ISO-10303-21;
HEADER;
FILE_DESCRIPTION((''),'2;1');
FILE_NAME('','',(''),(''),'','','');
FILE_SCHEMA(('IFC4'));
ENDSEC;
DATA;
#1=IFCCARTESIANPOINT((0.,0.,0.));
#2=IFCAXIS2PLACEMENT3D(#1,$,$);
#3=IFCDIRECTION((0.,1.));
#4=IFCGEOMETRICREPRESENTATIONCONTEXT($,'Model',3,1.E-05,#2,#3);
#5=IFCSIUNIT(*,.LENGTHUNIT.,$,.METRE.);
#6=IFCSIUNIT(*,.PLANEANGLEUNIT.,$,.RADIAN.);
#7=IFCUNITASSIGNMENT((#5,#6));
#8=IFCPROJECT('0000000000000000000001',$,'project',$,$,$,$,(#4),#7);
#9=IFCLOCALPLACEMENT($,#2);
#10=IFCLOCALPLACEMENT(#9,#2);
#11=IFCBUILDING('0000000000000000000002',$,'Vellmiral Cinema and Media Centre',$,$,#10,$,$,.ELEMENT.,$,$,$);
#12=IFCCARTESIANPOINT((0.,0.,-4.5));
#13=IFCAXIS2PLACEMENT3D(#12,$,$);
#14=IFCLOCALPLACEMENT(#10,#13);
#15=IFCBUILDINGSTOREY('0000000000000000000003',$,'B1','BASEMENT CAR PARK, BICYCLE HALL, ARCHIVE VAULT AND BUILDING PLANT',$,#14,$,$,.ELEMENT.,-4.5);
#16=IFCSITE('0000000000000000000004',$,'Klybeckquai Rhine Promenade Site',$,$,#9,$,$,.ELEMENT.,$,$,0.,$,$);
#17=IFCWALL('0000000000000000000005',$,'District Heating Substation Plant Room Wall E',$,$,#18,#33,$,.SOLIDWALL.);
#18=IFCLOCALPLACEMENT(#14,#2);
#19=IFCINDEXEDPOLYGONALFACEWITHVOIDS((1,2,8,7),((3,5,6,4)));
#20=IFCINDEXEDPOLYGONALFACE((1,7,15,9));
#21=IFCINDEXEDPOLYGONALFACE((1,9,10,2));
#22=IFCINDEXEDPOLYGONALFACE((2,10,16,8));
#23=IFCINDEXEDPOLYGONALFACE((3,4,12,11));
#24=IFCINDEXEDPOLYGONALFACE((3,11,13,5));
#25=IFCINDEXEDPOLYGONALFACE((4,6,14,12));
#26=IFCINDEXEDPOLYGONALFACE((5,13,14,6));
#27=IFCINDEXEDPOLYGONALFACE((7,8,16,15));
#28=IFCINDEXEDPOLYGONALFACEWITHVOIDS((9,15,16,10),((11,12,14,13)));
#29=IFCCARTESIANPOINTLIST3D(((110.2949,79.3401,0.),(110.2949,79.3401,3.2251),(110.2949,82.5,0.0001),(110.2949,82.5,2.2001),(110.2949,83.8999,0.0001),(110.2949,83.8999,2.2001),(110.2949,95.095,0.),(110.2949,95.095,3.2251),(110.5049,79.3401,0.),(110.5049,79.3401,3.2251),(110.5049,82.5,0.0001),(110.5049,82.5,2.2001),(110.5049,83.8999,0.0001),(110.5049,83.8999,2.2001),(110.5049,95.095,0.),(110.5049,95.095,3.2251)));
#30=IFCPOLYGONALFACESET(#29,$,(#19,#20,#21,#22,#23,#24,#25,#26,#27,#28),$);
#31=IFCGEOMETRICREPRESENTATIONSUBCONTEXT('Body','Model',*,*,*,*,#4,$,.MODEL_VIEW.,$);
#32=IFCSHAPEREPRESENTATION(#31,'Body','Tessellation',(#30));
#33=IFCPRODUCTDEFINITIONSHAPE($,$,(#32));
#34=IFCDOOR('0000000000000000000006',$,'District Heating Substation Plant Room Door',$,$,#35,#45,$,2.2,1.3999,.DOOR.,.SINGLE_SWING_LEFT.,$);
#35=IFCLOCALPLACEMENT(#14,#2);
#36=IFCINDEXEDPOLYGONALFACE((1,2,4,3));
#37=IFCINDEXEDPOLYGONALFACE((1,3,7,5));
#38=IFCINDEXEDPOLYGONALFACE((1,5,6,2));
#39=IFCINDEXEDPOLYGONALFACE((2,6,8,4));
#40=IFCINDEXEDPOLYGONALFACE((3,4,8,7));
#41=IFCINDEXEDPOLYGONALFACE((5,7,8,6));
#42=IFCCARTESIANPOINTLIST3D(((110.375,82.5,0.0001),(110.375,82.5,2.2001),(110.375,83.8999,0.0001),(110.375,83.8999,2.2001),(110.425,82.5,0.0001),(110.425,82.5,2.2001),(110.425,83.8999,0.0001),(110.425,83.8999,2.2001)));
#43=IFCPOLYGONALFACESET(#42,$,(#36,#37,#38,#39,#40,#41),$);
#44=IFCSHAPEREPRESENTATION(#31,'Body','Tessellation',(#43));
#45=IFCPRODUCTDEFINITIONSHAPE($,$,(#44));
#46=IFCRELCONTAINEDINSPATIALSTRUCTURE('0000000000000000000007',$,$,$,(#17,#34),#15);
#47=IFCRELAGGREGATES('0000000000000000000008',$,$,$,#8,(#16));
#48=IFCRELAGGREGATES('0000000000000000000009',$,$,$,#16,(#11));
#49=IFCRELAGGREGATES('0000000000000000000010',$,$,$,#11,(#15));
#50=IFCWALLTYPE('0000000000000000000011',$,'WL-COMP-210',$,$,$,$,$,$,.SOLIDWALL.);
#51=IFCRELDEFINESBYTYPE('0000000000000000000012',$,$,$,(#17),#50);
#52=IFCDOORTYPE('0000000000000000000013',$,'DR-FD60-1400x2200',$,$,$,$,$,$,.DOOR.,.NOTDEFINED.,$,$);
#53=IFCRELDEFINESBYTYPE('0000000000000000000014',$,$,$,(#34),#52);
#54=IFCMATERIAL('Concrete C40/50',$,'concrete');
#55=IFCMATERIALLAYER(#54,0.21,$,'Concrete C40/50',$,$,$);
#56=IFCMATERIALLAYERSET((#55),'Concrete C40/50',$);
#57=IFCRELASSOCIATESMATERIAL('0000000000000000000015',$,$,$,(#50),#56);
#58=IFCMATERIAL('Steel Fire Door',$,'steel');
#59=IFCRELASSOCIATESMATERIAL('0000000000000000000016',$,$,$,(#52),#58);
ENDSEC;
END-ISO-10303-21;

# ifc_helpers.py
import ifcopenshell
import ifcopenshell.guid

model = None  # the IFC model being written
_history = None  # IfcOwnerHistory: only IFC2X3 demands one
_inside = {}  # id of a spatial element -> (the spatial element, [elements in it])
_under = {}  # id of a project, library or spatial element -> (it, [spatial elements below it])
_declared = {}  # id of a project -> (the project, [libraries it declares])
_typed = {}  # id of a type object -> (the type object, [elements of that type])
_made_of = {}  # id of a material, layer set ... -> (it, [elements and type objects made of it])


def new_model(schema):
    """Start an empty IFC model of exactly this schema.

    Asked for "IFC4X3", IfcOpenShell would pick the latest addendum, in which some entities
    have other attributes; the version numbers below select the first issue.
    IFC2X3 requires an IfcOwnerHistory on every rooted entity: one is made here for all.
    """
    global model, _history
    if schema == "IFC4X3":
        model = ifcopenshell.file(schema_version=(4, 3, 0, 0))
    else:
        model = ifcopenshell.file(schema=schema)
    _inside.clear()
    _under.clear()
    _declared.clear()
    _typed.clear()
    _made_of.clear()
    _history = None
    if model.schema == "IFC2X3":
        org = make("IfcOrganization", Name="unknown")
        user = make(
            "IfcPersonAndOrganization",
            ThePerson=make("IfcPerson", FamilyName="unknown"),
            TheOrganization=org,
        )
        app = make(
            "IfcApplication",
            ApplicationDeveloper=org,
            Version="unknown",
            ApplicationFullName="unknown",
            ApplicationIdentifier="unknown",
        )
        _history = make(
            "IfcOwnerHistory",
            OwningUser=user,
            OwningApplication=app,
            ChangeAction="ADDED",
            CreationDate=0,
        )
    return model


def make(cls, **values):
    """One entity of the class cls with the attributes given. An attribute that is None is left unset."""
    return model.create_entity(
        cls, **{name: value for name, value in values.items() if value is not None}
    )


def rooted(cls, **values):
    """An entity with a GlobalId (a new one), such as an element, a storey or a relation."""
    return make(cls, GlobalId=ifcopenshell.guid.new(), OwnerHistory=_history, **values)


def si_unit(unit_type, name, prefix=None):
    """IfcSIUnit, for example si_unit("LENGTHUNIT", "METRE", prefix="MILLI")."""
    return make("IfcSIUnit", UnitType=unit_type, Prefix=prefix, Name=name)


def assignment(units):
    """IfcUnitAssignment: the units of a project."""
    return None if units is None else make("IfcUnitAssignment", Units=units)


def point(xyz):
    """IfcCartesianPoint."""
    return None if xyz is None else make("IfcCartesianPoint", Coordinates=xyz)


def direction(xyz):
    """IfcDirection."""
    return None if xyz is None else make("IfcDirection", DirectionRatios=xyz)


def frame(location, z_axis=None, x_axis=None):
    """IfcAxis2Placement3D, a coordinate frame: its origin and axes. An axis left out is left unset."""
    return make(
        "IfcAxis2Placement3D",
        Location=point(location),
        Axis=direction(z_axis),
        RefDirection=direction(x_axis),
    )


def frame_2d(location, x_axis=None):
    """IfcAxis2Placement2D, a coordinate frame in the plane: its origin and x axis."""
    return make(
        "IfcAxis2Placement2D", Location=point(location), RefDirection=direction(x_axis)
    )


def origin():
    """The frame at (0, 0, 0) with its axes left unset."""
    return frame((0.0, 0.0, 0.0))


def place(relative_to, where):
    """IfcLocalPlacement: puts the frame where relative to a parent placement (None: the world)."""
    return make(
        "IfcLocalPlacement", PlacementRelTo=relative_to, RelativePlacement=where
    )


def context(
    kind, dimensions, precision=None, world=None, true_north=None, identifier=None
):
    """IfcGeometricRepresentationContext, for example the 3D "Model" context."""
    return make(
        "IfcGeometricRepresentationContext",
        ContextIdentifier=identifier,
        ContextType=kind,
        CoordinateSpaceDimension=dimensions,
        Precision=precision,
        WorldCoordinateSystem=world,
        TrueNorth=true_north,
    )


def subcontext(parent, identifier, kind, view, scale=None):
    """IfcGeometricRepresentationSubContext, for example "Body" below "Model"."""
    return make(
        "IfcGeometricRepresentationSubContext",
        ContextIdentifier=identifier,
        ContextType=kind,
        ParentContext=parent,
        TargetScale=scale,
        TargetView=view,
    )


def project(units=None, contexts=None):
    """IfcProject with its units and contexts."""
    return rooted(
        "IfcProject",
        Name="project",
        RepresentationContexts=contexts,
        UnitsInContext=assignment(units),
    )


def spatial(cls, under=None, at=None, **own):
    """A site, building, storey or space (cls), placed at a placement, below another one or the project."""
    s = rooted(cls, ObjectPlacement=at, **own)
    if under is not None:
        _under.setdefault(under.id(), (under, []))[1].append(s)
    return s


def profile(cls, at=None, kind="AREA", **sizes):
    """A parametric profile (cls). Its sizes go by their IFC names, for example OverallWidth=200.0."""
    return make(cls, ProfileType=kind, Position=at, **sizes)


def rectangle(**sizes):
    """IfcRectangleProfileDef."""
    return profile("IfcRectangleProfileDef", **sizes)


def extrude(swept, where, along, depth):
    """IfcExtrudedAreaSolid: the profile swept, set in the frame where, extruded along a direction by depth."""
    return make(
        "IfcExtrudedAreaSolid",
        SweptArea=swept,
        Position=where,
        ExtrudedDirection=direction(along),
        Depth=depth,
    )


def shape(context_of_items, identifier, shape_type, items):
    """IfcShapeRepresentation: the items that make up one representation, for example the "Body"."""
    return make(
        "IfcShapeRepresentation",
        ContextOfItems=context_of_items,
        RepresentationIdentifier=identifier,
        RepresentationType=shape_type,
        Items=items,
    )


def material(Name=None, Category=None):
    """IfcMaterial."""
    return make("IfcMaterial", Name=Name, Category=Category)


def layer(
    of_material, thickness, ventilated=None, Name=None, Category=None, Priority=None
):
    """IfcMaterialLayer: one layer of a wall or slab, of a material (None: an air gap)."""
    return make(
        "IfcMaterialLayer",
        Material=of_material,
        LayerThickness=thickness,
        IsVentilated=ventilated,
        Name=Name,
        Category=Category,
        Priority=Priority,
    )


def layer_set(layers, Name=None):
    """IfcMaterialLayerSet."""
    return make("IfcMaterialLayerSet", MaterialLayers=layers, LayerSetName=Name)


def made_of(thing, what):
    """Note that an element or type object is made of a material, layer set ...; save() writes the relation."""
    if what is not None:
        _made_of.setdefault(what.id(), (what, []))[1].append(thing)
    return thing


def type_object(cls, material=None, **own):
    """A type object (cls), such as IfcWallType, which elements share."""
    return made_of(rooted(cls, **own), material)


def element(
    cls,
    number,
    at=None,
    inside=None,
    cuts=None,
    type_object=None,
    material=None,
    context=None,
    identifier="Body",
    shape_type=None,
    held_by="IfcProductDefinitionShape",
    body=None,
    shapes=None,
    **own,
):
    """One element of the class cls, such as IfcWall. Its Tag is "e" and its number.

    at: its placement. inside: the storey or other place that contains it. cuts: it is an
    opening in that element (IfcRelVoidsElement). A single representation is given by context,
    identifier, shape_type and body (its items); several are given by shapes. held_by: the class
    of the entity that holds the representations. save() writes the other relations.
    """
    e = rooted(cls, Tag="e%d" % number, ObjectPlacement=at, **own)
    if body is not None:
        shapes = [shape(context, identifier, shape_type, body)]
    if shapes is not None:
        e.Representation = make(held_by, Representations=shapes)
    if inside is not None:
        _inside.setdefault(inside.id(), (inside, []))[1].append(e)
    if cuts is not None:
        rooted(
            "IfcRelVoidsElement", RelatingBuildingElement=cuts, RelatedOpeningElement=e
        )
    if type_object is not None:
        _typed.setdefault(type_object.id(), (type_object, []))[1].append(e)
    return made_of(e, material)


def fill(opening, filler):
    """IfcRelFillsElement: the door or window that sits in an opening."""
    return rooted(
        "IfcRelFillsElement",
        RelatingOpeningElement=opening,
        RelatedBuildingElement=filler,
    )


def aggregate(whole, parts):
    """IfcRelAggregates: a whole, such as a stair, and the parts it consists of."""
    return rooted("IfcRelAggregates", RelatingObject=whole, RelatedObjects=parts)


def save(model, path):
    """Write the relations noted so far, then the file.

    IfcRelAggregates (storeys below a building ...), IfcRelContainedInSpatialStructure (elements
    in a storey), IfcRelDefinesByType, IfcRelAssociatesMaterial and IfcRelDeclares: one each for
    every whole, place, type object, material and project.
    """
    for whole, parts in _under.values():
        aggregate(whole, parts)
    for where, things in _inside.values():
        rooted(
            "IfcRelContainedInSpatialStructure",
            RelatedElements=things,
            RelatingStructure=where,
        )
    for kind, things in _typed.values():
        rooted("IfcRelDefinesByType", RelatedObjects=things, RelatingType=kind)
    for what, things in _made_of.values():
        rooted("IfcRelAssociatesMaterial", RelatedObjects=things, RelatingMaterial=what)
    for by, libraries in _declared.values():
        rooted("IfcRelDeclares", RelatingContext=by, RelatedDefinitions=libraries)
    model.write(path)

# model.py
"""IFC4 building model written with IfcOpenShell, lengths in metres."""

from ifc_helpers import new_model, si_unit, direction, frame, frame_2d, origin, place, context, subcontext, project, spatial, rectangle, extrude, material, layer, layer_set, type_object, element, fill, save


model = new_model("IFC4")

# Units and contexts
model_context = context("Model", 3, precision=1e-05, world=origin(), true_north=direction((0.0, 1.0)))
body_context = subcontext(model_context, "Body", "Model", "MODEL_VIEW")
ifc_project = project(units=[si_unit("LENGTHUNIT", "METRE"), si_unit("PLANEANGLEUNIT", "RADIAN")], contexts=[model_context])

# Site, building, storey
site_placement = place(None, origin())
site = spatial("IfcSite", under=ifc_project, at=site_placement, Name="Klybeckquai Rhine Promenade Site", CompositionType="ELEMENT", RefElevation=0.0)
building_placement = place(site_placement, origin())
building = spatial("IfcBuilding", under=site, at=building_placement, Name="Vellmiral Cinema and Media Centre", CompositionType="ELEMENT")
storey_placement = place(building_placement, frame((0.0, 0.0, -4.5)))
storey = spatial("IfcBuildingStorey", under=building, at=storey_placement, Name="B1", Description="BASEMENT CAR PARK, BICYCLE HALL, ARCHIVE VAULT AND BUILDING PLANT", CompositionType="ELEMENT", Elevation=-4.5)

# Wall, opening, door
ifc_material_1 = material(Name="Concrete C40/50", Category="concrete")
ifc_layer = layer(ifc_material_1, 0.21, Name="Concrete C40/50")
ifc_layer_set = layer_set([ifc_layer], Name="Concrete C40/50")
wall_type = type_object("IfcWallType", Name="WL-COMP-210", PredefinedType="SOLIDWALL", material=ifc_layer_set)
wall_placement = place(storey_placement, frame((110.3999, 79.3401, 0.0), z_axis=(0.0, 0.0, 1.0), x_axis=(0.0, 1.0, 0.0)))
wall = element("IfcWall", 1, at=wall_placement, inside=storey, type_object=wall_type, Name="District Heating Substation Plant Room Wall E", PredefinedType="SOLIDWALL", context=body_context, shape_type="SweptSolid", body=[
    extrude(rectangle(XDim=15.7549, YDim=0.21, at=frame_2d((7.8774, 0.0))), origin(), (0.0, 0.0, 1.0), 3.2251),
])
opening_placement = place(wall_placement, frame((3.1599, 0.0, 0.0)))
opening = element("IfcOpeningElement", 2, at=opening_placement, cuts=wall, PredefinedType="OPENING", context=body_context, shape_type="SweptSolid", body=[
    extrude(rectangle(XDim=1.3999, YDim=2.2, at=frame_2d((0.7, 1.1001))), frame((0.0, 0.1169, 0.0), z_axis=(0.0, -1.0, 0.0), x_axis=(1.0, 0.0, 0.0)), (0.0, 0.0, 1.0), 0.2339),
])
ifc_material_2 = material(Name="Steel Fire Door", Category="steel")
door_type = type_object("IfcDoorType", Name="DR-FD60-1400x2200", OperationType="NOTDEFINED", PredefinedType="DOOR", material=ifc_material_2)
door_placement = place(opening_placement, origin())
door = element("IfcDoor", 3, at=door_placement, inside=storey, type_object=door_type, Name="District Heating Substation Plant Room Door", OperationType="SINGLE_SWING_LEFT", OverallHeight=2.2, OverallWidth=1.3999, PredefinedType="DOOR", context=body_context, shape_type="SweptSolid", body=[
    extrude(rectangle(XDim=1.3999, YDim=2.2, at=frame_2d((0.7, 1.1001))), frame((0.0, 0.0249, 0.0), z_axis=(0.0, -1.0, 0.0), x_axis=(1.0, 0.0, 0.0)), (0.0, 0.0, 1.0), 0.05),
])
fill(opening, door)

save(model, "model.ifc")
